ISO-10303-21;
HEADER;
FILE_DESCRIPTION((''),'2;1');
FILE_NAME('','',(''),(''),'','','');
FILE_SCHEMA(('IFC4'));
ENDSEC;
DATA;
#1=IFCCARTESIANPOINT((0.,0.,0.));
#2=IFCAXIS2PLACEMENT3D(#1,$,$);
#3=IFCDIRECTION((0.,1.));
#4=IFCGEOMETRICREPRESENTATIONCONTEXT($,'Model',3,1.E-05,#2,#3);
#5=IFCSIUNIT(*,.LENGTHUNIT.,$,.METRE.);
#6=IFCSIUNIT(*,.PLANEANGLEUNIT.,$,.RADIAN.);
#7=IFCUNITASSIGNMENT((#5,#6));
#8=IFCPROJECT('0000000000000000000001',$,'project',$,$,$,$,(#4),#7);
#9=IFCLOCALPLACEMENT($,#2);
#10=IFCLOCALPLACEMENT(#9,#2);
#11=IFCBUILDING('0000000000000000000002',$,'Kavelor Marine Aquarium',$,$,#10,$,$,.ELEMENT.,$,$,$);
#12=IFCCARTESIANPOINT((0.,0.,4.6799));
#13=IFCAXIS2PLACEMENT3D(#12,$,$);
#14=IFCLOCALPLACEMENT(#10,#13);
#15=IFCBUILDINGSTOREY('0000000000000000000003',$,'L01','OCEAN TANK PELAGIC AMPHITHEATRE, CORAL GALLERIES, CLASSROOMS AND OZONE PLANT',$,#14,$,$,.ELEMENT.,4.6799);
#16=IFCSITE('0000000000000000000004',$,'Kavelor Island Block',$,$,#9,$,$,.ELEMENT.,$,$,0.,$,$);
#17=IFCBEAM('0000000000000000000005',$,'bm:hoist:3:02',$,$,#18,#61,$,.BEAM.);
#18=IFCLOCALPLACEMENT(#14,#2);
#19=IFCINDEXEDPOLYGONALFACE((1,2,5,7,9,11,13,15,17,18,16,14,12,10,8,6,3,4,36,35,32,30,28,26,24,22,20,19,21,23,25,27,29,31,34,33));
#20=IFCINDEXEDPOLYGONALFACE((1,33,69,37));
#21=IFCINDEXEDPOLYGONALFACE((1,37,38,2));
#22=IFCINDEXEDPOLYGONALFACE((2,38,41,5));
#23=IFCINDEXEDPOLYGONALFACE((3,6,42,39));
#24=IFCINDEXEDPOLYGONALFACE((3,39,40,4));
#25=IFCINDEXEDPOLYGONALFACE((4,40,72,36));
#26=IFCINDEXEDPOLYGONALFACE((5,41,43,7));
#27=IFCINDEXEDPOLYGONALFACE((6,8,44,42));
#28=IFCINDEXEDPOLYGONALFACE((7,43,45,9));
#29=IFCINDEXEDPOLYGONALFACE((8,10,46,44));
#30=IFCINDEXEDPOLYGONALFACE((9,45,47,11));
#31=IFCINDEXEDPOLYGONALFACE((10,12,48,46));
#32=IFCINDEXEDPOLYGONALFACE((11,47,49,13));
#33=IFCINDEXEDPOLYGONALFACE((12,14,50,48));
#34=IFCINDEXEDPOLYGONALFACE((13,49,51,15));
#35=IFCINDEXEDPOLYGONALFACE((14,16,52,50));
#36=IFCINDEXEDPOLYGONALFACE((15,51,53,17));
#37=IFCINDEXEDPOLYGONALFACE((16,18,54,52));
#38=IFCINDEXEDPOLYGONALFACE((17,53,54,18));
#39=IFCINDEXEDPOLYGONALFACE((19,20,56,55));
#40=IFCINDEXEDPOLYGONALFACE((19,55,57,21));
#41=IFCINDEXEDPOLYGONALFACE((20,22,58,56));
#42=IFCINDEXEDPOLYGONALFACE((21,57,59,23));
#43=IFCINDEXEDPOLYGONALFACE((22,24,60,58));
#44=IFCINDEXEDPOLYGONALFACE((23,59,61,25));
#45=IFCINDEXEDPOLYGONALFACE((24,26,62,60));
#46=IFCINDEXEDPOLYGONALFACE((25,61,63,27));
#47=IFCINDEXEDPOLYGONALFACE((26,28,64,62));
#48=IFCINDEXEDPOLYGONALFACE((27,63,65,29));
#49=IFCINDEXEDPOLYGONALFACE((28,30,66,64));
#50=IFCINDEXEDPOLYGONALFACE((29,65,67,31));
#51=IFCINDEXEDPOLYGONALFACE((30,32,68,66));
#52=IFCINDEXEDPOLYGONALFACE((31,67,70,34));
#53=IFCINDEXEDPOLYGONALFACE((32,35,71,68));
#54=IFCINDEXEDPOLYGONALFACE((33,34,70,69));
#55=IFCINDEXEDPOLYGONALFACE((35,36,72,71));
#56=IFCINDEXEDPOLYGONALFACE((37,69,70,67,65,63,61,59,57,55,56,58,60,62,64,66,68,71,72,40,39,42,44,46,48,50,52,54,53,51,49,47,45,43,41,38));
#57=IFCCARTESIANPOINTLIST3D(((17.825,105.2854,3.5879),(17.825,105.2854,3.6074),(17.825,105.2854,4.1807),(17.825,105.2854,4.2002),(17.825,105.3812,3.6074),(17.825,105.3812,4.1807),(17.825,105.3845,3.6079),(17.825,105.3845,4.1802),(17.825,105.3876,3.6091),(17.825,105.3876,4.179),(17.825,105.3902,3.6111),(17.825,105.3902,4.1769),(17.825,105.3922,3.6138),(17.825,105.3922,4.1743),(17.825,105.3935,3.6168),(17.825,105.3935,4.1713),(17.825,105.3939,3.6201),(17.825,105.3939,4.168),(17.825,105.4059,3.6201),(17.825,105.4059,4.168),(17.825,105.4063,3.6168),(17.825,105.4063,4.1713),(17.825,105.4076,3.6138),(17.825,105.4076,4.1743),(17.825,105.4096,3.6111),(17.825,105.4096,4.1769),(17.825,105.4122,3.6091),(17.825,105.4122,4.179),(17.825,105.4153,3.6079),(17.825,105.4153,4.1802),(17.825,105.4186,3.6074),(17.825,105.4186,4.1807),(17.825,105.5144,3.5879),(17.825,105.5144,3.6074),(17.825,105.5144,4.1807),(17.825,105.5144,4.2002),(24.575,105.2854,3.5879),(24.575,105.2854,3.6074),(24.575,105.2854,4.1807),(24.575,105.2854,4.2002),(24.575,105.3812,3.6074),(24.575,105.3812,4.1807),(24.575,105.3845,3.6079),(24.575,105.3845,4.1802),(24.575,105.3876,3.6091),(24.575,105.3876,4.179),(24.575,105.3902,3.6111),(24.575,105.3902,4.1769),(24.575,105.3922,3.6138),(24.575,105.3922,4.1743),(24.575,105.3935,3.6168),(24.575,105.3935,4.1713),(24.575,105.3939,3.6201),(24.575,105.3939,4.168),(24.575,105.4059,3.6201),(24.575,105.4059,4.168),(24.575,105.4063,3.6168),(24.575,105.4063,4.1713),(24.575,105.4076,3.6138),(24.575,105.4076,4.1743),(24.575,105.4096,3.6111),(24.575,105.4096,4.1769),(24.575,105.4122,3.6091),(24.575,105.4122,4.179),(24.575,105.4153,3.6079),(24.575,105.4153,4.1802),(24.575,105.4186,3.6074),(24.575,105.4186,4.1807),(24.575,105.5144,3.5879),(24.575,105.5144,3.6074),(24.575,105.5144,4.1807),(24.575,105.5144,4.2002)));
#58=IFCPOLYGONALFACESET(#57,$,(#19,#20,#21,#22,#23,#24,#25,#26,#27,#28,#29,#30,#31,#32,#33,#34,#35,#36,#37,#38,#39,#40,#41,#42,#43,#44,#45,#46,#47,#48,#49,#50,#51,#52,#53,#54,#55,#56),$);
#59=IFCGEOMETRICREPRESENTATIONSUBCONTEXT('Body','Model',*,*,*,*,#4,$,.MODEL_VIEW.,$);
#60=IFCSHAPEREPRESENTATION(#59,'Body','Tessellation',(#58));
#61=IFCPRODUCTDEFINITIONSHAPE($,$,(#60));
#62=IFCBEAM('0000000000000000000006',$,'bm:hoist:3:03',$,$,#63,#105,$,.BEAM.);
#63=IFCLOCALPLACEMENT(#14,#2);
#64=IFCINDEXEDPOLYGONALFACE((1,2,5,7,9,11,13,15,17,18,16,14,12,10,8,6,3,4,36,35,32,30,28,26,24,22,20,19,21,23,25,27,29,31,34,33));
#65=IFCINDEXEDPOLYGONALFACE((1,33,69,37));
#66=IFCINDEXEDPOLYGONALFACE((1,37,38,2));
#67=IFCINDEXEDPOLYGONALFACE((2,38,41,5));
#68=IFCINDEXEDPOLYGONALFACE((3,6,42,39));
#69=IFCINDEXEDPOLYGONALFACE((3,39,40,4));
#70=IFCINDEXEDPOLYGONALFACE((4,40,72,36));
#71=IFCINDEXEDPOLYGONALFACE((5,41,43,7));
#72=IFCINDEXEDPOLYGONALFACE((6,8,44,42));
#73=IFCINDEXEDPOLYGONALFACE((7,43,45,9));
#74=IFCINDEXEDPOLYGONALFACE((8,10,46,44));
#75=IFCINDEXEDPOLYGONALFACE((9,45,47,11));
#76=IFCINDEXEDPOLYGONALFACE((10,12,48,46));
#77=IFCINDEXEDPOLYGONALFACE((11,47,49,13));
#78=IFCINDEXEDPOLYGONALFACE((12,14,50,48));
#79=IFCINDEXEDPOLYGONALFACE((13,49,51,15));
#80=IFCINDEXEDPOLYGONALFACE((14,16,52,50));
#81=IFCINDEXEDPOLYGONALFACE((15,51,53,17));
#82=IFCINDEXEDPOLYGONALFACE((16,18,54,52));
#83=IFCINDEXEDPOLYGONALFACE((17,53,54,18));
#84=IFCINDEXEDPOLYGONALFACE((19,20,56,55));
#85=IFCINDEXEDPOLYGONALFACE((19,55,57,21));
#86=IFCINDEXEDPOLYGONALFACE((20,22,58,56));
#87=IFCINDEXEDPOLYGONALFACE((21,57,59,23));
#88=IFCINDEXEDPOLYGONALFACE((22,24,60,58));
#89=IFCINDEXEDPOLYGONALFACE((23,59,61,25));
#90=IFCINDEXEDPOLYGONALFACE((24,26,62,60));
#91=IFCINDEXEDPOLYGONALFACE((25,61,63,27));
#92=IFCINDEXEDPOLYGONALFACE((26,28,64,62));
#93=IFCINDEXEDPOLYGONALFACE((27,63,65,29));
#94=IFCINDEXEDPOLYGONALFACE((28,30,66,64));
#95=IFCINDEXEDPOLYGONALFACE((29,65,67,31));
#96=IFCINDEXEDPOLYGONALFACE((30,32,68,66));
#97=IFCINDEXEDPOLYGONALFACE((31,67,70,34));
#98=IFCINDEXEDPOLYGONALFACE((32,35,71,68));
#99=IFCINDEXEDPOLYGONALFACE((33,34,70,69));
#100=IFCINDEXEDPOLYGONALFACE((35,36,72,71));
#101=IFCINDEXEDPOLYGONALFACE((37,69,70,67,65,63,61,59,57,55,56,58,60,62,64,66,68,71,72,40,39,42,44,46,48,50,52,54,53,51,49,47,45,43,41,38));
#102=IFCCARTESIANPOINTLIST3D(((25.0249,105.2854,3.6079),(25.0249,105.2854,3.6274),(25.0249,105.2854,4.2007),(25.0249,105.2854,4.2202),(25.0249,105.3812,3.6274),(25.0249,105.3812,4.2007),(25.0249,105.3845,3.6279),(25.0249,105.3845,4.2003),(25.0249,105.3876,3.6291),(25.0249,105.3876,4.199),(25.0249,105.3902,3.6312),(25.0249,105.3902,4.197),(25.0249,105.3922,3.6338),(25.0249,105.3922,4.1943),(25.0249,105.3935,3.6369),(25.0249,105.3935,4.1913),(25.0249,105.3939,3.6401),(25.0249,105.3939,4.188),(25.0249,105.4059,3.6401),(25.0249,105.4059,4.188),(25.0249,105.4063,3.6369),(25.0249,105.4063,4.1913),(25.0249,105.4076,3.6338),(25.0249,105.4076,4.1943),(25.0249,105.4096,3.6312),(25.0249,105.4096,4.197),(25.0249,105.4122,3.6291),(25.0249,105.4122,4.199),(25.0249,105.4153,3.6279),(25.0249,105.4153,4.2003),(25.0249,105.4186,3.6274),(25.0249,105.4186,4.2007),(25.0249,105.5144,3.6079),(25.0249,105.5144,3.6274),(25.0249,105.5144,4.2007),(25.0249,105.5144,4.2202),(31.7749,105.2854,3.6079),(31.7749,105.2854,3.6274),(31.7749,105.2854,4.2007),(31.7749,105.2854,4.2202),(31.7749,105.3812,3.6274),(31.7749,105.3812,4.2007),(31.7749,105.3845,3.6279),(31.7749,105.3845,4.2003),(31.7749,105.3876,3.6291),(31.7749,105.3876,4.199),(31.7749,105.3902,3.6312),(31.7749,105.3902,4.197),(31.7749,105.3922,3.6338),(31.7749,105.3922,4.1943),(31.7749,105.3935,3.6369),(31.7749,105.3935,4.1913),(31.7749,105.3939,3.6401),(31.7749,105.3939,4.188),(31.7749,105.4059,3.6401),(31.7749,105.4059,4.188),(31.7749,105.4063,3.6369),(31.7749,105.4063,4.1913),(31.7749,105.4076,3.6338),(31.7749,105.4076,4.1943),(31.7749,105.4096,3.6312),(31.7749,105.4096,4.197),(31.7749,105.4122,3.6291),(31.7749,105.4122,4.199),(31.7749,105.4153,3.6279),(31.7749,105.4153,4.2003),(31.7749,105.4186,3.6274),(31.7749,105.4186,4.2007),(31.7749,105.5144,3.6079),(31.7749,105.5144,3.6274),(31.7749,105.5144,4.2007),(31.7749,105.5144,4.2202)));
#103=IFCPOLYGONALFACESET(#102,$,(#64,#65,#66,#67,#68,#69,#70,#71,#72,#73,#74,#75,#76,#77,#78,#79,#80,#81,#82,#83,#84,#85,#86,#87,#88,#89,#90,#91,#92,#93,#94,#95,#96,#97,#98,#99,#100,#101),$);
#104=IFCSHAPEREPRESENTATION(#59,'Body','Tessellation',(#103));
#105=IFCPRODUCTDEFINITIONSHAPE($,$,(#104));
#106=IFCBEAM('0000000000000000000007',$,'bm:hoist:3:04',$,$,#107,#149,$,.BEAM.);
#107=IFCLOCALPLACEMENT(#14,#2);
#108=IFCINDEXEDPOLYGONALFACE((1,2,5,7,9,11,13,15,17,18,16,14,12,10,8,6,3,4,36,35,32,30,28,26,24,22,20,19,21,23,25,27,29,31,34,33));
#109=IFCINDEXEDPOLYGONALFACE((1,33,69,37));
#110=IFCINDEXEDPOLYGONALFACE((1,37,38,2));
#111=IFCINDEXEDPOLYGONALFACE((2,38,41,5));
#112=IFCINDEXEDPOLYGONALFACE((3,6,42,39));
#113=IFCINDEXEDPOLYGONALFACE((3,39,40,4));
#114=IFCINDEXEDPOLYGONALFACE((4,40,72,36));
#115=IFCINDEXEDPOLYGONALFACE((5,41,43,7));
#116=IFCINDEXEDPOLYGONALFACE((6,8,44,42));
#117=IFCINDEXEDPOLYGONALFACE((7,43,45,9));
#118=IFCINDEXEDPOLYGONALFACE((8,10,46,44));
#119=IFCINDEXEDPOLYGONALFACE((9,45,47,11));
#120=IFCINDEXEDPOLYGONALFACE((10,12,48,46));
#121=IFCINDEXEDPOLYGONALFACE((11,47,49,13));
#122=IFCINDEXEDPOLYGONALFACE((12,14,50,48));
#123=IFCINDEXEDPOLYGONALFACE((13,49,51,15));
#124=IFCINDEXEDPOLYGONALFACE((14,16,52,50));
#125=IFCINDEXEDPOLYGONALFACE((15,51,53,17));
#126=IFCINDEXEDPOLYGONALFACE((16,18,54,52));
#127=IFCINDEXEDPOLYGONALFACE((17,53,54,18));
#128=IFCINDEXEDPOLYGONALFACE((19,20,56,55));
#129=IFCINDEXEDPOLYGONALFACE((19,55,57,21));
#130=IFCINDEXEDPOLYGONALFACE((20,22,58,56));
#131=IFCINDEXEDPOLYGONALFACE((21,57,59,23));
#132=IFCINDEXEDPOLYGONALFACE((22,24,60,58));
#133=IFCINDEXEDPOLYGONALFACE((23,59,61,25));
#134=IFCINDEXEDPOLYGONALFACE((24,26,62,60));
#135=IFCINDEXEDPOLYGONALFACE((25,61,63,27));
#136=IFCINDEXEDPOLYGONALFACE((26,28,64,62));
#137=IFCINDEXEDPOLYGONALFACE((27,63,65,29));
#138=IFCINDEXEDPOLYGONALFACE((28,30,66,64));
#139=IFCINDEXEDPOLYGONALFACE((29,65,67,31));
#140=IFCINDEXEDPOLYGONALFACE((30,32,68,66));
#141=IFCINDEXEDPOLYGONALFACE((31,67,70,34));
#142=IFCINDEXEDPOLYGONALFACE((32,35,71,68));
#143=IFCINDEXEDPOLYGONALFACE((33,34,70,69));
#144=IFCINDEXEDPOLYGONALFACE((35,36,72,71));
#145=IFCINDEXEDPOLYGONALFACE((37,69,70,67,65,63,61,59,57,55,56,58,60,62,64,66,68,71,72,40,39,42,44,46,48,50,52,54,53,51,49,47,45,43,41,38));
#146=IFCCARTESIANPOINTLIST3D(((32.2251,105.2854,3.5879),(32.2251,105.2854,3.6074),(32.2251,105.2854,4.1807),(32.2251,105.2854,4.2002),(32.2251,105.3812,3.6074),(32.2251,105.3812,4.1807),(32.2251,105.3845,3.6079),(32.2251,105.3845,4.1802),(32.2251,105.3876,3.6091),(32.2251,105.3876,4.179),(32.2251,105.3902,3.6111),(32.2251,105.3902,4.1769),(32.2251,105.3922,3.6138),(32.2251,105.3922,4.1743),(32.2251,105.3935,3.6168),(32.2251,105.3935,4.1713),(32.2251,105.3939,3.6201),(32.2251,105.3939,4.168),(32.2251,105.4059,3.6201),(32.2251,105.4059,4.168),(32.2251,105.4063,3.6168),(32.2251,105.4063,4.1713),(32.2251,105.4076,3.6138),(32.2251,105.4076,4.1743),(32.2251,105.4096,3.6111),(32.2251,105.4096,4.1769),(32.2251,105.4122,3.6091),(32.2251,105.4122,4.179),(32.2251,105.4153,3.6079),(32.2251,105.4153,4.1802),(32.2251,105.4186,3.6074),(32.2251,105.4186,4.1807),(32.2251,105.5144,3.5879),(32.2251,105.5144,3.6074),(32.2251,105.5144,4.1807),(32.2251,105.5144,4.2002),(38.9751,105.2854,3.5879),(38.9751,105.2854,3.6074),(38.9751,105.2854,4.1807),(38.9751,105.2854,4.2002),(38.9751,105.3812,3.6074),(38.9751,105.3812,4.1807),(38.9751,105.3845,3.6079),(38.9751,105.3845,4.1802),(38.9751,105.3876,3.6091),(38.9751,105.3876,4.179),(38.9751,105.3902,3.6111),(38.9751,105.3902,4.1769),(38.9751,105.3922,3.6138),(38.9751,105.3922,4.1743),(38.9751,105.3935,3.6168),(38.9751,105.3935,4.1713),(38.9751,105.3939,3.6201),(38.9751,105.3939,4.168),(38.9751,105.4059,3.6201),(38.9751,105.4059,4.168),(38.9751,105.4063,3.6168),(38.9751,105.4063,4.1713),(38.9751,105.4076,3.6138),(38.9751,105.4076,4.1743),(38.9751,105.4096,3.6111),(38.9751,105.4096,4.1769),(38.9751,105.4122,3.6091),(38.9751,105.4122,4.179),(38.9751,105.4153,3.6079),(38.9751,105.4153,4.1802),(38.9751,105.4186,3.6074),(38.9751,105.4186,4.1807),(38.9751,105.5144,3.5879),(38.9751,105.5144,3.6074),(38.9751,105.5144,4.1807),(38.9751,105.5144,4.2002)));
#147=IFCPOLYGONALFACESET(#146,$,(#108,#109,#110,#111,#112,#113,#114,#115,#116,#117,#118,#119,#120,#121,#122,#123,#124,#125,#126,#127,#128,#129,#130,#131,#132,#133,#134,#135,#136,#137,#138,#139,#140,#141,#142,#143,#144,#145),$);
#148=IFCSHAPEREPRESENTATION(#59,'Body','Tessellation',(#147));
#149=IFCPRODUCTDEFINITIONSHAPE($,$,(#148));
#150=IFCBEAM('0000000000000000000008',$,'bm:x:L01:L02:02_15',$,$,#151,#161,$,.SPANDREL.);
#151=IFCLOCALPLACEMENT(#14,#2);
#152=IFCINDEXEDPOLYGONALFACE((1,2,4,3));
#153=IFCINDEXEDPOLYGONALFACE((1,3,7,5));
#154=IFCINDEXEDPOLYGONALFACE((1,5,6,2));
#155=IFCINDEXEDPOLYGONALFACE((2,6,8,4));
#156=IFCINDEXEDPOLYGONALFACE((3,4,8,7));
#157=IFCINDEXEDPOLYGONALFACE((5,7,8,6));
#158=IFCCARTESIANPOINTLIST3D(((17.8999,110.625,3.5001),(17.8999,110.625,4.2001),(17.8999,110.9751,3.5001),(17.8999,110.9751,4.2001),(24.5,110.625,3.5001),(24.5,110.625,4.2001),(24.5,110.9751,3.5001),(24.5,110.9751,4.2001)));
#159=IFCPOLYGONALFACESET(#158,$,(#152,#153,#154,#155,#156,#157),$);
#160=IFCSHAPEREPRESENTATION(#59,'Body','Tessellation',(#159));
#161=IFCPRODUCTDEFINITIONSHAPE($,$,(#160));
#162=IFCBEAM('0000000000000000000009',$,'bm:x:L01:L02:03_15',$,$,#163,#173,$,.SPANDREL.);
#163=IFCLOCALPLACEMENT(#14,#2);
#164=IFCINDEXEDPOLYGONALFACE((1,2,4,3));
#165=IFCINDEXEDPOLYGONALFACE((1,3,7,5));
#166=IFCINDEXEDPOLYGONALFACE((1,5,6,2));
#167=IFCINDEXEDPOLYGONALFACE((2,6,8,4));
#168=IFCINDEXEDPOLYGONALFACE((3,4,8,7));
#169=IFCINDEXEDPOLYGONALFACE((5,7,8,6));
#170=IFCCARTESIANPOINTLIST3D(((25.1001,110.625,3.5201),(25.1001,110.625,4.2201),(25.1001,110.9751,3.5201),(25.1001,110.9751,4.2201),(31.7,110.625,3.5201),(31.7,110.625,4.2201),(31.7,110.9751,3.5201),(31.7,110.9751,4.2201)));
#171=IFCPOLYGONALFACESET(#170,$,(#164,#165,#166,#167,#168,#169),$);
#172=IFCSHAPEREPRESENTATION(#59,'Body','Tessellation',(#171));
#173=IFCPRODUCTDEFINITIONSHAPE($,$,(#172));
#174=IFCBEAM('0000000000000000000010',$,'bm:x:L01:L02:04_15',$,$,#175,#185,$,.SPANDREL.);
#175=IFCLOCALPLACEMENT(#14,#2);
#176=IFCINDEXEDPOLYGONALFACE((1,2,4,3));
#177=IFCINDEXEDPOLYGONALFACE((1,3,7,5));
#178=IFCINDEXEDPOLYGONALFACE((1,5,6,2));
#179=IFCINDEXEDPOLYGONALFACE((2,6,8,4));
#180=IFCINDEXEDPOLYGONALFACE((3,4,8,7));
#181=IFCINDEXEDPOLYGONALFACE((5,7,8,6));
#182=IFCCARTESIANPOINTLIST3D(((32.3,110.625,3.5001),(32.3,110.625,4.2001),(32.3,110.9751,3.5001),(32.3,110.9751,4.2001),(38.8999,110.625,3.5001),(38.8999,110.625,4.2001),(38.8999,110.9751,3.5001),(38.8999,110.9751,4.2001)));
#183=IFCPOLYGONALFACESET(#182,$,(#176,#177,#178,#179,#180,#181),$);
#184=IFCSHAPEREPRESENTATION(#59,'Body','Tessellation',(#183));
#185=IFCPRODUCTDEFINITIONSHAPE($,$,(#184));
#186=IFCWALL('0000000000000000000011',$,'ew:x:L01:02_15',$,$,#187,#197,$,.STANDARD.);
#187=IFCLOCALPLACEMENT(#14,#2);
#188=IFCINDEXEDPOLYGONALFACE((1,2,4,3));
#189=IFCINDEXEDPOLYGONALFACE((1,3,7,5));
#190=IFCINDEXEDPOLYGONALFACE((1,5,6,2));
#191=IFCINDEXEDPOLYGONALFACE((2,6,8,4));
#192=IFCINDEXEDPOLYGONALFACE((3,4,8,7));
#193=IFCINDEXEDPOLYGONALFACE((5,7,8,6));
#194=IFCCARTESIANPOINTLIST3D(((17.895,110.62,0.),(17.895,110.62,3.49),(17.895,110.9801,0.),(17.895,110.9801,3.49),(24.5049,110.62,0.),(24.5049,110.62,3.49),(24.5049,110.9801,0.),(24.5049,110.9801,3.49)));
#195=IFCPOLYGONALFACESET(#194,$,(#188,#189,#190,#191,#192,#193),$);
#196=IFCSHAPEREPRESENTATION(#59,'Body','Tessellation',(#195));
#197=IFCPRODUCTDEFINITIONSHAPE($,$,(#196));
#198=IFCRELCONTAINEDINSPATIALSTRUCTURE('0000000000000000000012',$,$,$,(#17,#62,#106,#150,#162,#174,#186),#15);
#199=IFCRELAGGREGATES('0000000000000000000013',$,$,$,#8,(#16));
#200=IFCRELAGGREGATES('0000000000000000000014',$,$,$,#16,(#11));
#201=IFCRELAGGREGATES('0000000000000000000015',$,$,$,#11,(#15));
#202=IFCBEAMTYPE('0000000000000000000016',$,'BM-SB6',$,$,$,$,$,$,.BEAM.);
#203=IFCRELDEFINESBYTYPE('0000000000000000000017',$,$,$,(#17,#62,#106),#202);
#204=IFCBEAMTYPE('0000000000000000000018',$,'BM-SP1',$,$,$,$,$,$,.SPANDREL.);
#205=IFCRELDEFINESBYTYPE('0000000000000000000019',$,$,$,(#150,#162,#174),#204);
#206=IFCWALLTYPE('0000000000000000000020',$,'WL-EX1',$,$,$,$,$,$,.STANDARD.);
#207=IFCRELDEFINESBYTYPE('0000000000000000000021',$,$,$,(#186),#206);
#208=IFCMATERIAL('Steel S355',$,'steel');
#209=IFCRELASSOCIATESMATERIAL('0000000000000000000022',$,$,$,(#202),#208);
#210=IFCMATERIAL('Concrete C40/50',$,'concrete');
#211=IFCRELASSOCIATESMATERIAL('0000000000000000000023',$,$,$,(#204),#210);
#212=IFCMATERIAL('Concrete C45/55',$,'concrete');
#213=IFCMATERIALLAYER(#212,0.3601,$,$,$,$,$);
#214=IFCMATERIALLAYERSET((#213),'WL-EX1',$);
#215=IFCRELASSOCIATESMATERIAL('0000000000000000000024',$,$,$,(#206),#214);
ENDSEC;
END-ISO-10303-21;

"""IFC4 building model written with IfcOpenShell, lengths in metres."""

from ifc_helpers import new_model, si_unit, direction, frame, frame_2d, origin, origin_2d, place, context, subcontext, project, spatial, rectangle, i_section, extrude, material, layer, layer_set, material_profile, profile_set, type_object, element, save


model = new_model("IFC4")

# Units and contexts
model_context = context("Model", 3, precision=1e-05, world=origin(), true_north=direction((0.0, 1.0)))
body_context = subcontext(model_context, "Body", "Model", "MODEL_VIEW")
ifc_project = project(units=[si_unit("LENGTHUNIT", "METRE"), si_unit("PLANEANGLEUNIT", "RADIAN")], contexts=[model_context])

# Site, building, storey
site_placement = place(None, origin())
site = spatial("IfcSite", under=ifc_project, at=site_placement, Name="Kavelor Island Block", CompositionType="ELEMENT", RefElevation=0.0)
building_placement = place(site_placement, origin())
building = spatial("IfcBuilding", under=site, at=building_placement, Name="Kavelor Marine Aquarium", CompositionType="ELEMENT")
storey_placement = place(building_placement, frame((0.0, 0.0, 4.6799)))
storey = spatial("IfcBuildingStorey", under=building, at=storey_placement, Name="L01", Description="OCEAN TANK PELAGIC AMPHITHEATRE, CORAL GALLERIES, CLASSROOMS AND OZONE PLANT", CompositionType="ELEMENT", Elevation=4.6799)

# Beams
ifc_material_1 = material(Name="Steel S355", Category="steel")
ifc_material_profile_1 = material_profile(ifc_material_1, i_section(OverallWidth=0.229, OverallDepth=0.6123, WebThickness=0.012, FlangeThickness=0.0195, FilletRadius=0.0127, at=origin_2d()), Name="UKB 610x229x125")
ifc_profile_set_1 = profile_set([ifc_material_profile_1], Name="Steel S355")
beam_type_1 = type_object("IfcBeamType", Name="BM-SB6", PredefinedType="BEAM", material=ifc_profile_set_1)
for number, where, z_axis, x_axis, name in (
    (1, (17.825, 105.3999, 3.894), (1.0, 0.0, 0.0), (0.0, 1.0, 0.0), "bm:hoist:3:02"),
    (2, (25.0249, 105.3999, 3.9141), (1.0, 0.0, 0.0), (0.0, 1.0, 0.0), "bm:hoist:3:03"),
    (3, (32.2251, 105.3999, 3.894), (1.0, 0.0, 0.0), (0.0, 1.0, 0.0), "bm:hoist:3:04"),
):
    element("IfcBeam", number, at=place(storey_placement, frame(where, z_axis=z_axis, x_axis=x_axis)), inside=storey, type_object=beam_type_1, Name=name, PredefinedType="BEAM", context=body_context, shape_type="SweptSolid", body=[
        extrude(i_section(OverallWidth=0.229, OverallDepth=0.6123, WebThickness=0.012, FlangeThickness=0.0195, FilletRadius=0.0127, at=origin_2d()), origin(), (0.0, 0.0, 1.0), 6.75),
    ])
ifc_material_2 = material(Name="Concrete C40/50", Category="concrete")
ifc_material_profile_2 = material_profile(ifc_material_2, rectangle(XDim=0.3501, YDim=0.7, at=origin_2d()), Name="RC-SP 350x700")
ifc_profile_set_2 = profile_set([ifc_material_profile_2], Name="Concrete C40/50")
beam_type_2 = type_object("IfcBeamType", Name="BM-SP1", PredefinedType="SPANDREL", material=ifc_profile_set_2)
beam_1_placement = place(storey_placement, frame((17.8999, 110.8, 3.8501), z_axis=(1.0, 0.0, 0.0), x_axis=(0.0, 1.0, 0.0)))
element("IfcBeam", 4, at=beam_1_placement, inside=storey, type_object=beam_type_2, Name="bm:x:L01:L02:02_15", PredefinedType="SPANDREL", context=body_context, shape_type="SweptSolid", body=[
    extrude(rectangle(XDim=0.3501, YDim=0.7, at=origin_2d()), origin(), (0.0, 0.0, 1.0), 6.6001),
])
for number, where, z_axis, x_axis, name in (
    (5, (25.1001, 110.8, 3.8701), (1.0, 0.0, 0.0), (0.0, 1.0, 0.0), "bm:x:L01:L02:03_15"),
    (6, (32.3, 110.8, 3.8501), (1.0, 0.0, 0.0), (0.0, 1.0, 0.0), "bm:x:L01:L02:04_15"),
):
    element("IfcBeam", number, at=place(storey_placement, frame(where, z_axis=z_axis, x_axis=x_axis)), inside=storey, type_object=beam_type_2, Name=name, PredefinedType="SPANDREL", context=body_context, shape_type="SweptSolid", body=[
        extrude(rectangle(XDim=0.3501, YDim=0.7, at=origin_2d()), origin(), (0.0, 0.0, 1.0), 6.5999),
    ])

# Wall
ifc_material_3 = material(Name="Concrete C45/55", Category="concrete")
ifc_layer_1 = layer(ifc_material_3, 0.3601)
ifc_layer_set_1 = layer_set([ifc_layer_1], Name="WL-EX1")
wall_type_1 = type_object("IfcWallType", Name="WL-EX1", PredefinedType="STANDARD", material=ifc_layer_set_1)
wall_1_placement = place(storey_placement, frame((17.895, 110.8, 0.0), z_axis=(0.0, 0.0, 1.0), x_axis=(1.0, 0.0, 0.0)))
element("IfcWall", 7, at=wall_1_placement, inside=storey, type_object=wall_type_1, Name="ew:x:L01:02_15", PredefinedType="STANDARD", context=body_context, shape_type="SweptSolid", body=[
    extrude(rectangle(XDim=6.6099, YDim=0.3601, at=frame_2d((3.3049, 0.0))), origin(), (0.0, 0.0, 1.0), 3.49),
])

save(model, "model.ifc")
